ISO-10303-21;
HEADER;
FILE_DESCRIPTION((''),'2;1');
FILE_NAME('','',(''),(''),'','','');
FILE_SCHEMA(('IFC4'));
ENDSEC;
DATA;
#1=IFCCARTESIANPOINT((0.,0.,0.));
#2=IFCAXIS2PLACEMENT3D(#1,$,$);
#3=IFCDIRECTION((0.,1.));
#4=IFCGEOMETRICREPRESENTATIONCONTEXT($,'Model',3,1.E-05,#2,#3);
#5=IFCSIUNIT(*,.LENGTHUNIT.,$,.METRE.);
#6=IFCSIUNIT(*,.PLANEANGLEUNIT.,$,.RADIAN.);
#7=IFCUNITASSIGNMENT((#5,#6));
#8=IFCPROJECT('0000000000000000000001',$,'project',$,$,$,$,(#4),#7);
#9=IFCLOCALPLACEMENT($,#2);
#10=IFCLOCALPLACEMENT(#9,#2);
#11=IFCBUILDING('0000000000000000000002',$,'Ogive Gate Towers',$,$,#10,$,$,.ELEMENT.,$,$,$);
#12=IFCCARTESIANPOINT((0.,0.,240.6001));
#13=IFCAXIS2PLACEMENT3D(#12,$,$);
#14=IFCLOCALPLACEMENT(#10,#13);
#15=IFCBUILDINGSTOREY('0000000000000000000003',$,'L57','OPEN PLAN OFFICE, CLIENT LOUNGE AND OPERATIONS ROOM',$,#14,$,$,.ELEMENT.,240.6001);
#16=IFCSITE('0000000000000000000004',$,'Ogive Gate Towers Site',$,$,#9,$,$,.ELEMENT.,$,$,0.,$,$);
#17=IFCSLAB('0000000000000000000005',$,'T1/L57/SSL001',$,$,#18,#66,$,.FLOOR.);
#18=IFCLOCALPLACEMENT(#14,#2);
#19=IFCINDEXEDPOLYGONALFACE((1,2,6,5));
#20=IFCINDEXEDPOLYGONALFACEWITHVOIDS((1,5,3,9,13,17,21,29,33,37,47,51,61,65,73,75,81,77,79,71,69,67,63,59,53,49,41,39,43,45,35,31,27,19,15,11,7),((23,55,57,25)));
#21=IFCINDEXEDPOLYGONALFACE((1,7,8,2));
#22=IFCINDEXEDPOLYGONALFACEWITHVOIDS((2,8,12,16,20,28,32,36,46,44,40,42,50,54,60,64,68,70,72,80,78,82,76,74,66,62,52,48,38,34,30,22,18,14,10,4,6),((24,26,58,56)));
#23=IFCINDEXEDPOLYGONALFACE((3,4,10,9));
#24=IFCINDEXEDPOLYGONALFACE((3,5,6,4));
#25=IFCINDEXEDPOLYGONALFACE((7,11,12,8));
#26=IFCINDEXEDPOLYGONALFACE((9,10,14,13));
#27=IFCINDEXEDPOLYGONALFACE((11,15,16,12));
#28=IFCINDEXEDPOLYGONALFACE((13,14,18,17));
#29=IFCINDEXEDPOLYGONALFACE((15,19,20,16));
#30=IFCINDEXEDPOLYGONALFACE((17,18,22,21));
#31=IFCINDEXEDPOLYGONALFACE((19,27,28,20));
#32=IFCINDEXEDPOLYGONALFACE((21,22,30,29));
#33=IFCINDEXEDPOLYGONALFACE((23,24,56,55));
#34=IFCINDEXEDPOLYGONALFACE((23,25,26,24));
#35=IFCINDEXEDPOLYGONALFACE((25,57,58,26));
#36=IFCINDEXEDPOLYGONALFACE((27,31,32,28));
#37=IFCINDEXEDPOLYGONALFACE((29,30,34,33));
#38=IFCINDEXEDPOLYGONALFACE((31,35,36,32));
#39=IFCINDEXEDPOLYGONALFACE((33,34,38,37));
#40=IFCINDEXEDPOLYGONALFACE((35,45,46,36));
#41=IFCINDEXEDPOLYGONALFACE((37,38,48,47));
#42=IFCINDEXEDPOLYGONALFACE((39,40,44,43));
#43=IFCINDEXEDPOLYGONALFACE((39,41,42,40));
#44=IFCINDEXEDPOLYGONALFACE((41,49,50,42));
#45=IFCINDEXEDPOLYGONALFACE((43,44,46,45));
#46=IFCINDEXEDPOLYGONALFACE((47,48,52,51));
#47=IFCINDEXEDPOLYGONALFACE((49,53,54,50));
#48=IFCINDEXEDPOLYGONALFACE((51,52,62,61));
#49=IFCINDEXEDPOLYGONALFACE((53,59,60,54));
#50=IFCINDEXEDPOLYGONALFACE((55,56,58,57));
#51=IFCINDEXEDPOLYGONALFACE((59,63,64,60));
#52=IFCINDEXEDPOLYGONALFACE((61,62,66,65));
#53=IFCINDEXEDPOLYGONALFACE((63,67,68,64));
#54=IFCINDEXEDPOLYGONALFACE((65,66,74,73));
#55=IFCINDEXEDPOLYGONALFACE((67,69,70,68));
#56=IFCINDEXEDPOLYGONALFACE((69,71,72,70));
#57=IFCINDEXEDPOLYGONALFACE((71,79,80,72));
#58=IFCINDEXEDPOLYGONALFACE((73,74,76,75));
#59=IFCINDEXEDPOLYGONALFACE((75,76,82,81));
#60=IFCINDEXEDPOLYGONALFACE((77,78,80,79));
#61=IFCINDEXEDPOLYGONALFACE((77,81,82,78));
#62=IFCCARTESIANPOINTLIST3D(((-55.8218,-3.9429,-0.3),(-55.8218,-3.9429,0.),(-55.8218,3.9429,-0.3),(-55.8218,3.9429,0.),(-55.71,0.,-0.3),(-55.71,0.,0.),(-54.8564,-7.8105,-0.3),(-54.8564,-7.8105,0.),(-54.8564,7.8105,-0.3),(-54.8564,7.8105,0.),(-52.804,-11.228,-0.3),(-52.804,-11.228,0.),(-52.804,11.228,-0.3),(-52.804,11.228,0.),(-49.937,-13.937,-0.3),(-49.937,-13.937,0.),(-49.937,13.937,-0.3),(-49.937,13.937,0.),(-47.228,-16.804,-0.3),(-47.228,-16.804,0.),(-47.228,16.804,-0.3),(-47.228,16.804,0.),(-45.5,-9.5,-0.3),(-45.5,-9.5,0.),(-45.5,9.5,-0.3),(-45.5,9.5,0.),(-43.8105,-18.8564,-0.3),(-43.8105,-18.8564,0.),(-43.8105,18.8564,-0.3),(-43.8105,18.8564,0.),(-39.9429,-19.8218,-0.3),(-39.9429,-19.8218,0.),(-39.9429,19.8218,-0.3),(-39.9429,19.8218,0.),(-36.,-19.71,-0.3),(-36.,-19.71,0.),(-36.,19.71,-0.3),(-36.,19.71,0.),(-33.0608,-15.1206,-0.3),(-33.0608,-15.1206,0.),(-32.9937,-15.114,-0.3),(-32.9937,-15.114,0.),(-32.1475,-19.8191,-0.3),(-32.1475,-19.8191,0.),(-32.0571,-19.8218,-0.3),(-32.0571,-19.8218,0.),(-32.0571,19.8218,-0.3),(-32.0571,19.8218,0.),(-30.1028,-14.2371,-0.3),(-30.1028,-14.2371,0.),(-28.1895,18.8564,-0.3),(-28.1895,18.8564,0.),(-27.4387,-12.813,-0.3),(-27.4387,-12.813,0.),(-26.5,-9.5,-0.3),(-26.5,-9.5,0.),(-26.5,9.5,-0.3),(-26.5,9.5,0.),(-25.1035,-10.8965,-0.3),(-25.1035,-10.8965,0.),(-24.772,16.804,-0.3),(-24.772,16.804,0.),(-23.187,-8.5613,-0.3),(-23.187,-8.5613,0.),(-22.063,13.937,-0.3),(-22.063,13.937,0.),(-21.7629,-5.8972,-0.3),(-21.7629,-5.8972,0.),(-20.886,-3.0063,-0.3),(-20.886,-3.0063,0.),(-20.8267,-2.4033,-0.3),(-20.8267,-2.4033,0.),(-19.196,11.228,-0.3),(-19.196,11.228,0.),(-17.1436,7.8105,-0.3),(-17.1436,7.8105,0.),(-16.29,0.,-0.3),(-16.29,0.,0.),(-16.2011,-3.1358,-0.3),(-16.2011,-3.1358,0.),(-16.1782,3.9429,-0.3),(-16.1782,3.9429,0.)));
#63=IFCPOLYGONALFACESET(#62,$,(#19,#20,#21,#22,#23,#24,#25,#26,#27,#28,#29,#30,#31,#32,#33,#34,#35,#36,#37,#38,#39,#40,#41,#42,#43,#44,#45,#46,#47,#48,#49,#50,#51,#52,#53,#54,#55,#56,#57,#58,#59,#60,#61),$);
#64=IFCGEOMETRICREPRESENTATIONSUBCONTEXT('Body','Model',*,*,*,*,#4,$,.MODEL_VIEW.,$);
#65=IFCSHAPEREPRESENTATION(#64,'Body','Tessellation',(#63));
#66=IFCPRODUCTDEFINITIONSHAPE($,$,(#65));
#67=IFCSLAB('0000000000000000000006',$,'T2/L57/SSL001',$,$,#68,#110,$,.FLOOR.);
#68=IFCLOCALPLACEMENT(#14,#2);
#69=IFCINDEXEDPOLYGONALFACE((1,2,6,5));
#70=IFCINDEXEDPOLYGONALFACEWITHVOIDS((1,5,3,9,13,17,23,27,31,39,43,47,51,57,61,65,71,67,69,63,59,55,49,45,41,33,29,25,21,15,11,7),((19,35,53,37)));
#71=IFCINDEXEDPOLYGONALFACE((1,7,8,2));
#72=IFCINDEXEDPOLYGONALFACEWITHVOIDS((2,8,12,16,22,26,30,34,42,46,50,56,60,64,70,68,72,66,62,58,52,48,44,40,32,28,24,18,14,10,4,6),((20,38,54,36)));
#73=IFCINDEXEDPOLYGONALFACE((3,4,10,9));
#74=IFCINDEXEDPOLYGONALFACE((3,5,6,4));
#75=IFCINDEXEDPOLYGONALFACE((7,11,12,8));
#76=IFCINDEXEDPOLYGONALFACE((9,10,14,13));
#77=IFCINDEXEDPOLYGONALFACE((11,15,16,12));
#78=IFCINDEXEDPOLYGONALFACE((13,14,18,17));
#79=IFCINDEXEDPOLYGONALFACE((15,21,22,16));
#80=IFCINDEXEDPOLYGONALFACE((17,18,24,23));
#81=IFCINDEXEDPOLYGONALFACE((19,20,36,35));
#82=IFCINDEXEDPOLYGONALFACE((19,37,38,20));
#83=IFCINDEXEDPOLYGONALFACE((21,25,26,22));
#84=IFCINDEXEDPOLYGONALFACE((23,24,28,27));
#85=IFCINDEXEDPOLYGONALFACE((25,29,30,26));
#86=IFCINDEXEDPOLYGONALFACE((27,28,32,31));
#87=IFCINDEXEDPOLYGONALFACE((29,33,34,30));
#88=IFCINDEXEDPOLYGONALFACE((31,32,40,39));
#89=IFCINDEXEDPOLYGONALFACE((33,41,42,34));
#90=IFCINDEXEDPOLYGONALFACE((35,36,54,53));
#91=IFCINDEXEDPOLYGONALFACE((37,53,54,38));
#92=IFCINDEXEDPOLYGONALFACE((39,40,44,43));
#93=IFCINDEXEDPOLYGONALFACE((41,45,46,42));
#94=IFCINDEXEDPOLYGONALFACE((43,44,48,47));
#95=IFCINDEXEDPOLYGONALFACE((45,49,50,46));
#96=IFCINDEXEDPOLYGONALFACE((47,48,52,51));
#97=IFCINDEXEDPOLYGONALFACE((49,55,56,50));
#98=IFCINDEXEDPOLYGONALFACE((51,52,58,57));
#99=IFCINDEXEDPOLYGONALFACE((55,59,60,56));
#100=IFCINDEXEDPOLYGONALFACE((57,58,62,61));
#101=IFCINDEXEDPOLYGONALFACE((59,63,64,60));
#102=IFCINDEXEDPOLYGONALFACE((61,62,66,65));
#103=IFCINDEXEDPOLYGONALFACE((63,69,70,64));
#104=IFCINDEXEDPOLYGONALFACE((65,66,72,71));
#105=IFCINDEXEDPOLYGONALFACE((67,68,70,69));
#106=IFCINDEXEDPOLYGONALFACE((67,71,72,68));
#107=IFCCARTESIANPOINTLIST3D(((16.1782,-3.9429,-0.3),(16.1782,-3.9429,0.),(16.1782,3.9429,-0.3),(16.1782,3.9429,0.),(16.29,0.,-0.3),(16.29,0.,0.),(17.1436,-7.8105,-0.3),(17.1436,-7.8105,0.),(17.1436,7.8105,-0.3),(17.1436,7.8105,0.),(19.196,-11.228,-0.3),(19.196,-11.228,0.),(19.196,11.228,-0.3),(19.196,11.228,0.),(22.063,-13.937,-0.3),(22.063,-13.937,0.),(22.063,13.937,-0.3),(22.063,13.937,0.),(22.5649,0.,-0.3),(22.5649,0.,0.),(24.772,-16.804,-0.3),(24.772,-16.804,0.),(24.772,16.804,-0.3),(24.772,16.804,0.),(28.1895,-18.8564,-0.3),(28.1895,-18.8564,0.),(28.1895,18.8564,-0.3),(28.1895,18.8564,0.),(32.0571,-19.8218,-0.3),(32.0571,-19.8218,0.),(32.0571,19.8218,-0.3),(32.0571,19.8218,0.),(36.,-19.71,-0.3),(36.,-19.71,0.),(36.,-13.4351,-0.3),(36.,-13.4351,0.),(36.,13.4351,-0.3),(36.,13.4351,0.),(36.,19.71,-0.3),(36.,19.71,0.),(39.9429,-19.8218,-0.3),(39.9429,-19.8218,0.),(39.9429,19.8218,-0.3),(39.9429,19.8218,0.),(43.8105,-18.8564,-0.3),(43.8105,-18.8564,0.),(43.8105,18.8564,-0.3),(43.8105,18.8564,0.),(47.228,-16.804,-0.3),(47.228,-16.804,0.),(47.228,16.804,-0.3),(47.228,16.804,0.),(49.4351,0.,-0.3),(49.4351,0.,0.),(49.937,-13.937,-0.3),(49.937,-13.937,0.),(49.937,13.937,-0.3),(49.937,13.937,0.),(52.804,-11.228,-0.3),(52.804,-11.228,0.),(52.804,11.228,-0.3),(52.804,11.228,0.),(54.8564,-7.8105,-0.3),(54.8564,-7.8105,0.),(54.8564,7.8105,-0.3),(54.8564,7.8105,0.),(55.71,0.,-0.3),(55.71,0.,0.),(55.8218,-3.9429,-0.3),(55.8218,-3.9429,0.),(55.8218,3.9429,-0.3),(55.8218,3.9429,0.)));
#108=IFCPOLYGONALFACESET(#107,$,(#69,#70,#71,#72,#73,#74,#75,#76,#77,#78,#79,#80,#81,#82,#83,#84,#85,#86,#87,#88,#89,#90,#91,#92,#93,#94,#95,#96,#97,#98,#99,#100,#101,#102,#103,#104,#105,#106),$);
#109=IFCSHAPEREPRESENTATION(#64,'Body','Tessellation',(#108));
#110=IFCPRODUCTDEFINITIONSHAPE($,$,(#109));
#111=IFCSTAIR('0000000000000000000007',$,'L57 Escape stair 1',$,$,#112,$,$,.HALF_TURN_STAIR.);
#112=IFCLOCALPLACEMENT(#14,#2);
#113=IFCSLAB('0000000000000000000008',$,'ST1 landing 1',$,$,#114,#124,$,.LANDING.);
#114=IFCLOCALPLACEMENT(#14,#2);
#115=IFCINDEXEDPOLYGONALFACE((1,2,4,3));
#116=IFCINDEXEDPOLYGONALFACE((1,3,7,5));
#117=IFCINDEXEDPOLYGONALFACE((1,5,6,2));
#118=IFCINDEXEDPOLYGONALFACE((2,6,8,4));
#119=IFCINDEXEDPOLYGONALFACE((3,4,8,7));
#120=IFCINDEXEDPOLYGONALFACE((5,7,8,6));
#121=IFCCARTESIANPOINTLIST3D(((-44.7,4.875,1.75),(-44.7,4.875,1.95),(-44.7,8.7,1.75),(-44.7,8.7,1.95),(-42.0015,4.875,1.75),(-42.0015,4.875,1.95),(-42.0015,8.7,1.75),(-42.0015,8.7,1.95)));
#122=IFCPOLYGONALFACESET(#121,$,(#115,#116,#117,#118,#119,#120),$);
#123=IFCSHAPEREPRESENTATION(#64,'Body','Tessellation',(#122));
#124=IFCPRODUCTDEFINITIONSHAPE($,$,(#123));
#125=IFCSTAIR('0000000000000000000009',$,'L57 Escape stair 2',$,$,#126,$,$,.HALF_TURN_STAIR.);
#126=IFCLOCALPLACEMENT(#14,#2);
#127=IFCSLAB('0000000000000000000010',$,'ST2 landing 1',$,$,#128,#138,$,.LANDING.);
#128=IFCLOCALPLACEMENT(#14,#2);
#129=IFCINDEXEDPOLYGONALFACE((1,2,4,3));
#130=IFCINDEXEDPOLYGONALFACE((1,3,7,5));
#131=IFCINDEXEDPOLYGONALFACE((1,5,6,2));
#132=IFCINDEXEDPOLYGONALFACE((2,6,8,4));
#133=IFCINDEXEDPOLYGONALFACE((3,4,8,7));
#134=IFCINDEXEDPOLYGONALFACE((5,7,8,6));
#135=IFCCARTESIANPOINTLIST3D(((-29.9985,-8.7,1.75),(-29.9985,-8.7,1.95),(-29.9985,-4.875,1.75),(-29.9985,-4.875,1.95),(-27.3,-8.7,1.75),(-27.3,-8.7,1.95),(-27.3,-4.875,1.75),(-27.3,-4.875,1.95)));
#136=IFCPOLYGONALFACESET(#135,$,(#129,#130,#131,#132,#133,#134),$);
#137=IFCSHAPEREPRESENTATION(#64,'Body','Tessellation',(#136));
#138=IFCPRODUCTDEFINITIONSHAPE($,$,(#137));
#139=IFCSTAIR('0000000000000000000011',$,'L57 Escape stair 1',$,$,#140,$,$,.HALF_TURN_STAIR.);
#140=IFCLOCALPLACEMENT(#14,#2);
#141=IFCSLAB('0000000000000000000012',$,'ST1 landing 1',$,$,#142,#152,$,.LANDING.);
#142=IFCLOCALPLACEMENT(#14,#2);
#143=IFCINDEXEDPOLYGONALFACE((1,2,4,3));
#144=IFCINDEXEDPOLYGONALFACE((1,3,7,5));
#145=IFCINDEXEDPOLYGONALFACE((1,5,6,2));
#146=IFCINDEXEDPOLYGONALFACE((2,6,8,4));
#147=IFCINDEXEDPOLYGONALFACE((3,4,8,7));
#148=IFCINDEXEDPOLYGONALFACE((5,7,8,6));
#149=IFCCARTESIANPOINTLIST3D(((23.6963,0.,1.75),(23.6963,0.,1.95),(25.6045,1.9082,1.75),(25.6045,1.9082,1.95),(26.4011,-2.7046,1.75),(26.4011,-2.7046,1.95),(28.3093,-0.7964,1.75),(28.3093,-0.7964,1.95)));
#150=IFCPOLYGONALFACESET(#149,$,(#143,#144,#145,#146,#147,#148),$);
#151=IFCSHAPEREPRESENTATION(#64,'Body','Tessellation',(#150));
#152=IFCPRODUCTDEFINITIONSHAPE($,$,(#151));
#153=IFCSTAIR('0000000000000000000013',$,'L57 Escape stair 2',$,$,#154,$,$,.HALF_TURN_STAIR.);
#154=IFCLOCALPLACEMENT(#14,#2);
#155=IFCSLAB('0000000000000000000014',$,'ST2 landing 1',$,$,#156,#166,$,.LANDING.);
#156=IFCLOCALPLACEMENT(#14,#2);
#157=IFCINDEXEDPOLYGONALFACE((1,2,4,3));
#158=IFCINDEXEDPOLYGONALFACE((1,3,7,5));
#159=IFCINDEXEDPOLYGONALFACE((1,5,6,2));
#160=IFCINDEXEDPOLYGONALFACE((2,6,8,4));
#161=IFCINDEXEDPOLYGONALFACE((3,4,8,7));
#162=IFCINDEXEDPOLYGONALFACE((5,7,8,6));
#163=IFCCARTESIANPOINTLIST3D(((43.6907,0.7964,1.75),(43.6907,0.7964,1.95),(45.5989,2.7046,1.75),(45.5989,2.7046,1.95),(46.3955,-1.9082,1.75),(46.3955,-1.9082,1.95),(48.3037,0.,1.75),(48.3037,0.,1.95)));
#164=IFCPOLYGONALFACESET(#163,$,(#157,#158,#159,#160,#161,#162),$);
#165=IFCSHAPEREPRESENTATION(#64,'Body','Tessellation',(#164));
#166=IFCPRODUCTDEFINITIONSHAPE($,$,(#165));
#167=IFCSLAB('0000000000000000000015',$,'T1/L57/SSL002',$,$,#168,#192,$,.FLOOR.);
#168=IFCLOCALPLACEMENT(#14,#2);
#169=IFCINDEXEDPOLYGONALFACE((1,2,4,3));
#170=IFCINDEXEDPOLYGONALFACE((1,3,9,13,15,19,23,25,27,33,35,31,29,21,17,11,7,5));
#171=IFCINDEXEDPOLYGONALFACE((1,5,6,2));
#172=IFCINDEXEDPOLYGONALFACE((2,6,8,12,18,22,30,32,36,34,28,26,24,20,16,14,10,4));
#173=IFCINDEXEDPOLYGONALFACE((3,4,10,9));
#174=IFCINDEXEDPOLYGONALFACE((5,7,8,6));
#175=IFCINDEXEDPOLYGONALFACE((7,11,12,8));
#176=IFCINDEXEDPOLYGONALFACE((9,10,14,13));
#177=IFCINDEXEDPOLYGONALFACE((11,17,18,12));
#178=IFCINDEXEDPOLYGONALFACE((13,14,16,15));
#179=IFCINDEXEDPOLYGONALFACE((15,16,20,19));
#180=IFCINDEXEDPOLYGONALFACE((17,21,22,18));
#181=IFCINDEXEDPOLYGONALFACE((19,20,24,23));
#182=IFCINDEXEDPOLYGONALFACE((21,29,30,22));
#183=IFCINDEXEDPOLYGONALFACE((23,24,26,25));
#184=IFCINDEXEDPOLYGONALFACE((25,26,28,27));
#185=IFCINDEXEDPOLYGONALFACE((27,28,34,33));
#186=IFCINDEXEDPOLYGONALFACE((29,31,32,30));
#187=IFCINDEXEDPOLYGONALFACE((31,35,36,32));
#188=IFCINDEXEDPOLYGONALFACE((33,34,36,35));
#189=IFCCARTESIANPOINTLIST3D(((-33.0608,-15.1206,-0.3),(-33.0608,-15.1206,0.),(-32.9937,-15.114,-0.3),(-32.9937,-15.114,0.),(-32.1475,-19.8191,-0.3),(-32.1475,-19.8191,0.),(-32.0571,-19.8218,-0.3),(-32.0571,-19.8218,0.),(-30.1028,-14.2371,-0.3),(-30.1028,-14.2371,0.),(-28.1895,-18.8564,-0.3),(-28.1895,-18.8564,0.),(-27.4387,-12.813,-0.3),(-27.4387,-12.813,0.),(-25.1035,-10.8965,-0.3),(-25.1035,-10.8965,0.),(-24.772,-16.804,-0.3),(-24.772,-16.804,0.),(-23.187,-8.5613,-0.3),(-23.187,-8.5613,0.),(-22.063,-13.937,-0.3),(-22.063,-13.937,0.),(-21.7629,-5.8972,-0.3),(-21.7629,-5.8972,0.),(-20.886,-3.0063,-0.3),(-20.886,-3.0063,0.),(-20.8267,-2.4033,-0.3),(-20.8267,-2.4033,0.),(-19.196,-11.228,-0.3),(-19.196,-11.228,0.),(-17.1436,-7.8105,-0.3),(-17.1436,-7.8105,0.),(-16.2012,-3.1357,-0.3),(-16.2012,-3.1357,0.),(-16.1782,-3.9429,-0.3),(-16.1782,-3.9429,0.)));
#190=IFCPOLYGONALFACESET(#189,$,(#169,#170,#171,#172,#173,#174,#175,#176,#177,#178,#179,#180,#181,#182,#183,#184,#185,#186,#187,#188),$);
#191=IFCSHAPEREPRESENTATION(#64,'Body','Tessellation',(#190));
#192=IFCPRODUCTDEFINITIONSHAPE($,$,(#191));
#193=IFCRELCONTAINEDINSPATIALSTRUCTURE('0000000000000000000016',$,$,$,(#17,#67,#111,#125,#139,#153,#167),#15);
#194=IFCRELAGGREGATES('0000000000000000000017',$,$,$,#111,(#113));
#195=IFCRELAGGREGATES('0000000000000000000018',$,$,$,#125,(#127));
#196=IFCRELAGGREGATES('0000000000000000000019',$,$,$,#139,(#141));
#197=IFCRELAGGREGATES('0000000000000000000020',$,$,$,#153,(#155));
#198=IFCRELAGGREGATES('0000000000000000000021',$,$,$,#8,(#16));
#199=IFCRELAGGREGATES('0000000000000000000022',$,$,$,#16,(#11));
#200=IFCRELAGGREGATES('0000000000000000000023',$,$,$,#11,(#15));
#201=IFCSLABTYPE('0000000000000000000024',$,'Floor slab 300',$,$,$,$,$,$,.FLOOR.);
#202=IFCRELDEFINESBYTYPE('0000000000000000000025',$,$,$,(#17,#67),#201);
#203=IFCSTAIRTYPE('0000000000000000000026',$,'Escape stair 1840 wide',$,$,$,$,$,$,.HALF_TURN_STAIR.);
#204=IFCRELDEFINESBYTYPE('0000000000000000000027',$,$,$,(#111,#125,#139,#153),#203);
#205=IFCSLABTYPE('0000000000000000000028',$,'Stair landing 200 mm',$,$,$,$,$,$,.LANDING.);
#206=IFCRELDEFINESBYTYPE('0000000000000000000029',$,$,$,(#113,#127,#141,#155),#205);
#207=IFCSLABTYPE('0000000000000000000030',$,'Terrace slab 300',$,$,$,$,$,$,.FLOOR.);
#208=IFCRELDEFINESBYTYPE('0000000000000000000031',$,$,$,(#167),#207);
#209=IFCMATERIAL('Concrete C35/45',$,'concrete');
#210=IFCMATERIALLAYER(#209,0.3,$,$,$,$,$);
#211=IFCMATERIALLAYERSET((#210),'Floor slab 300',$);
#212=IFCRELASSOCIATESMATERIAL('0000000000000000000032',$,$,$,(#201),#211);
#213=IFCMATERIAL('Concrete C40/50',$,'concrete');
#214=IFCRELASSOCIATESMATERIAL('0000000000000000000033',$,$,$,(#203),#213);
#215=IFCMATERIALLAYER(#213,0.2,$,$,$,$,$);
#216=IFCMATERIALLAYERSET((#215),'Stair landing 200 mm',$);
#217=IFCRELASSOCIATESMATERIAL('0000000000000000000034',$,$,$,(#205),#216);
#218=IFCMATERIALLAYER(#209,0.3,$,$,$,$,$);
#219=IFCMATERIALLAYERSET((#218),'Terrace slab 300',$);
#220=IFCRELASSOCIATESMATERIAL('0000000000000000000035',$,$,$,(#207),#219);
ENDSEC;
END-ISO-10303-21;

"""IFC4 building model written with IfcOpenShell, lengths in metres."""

from ifc_helpers import new_model, si_unit, direction, frame, origin, place, context, subcontext, project, spatial, polyline, outline, extrude, material, layer, layer_set, type_object, element, aggregate, save


model = new_model("IFC4")

# Units and contexts
model_context = context("Model", 3, precision=1e-05, world=origin(), true_north=direction((0.0, 1.0)))
body_context = subcontext(model_context, "Body", "Model", "MODEL_VIEW")
ifc_project = project(units=[si_unit("LENGTHUNIT", "METRE"), si_unit("PLANEANGLEUNIT", "RADIAN")], contexts=[model_context])

# Site, building, storey
site_placement = place(None, origin())
site = spatial("IfcSite", under=ifc_project, at=site_placement, Name="Ogive Gate Towers Site", CompositionType="ELEMENT", RefElevation=0.0)
building_placement = place(site_placement, origin())
building = spatial("IfcBuilding", under=site, at=building_placement, Name="Ogive Gate Towers", CompositionType="ELEMENT")
storey_placement = place(building_placement, frame((0.0, 0.0, 240.6001)))
storey = spatial("IfcBuildingStorey", under=building, at=storey_placement, Name="L57", Description="OPEN PLAN OFFICE, CLIENT LOUNGE AND OPERATIONS ROOM", CompositionType="ELEMENT", Elevation=240.6001)

# Slabs
ifc_material_1 = material(Name="Concrete C40/50", Category="concrete")
ifc_material_2 = material(Name="Concrete C35/45", Category="concrete")
ifc_layer_1 = layer(ifc_material_2, 0.3)
ifc_layer_set_1 = layer_set([ifc_layer_1], Name="Floor slab 300")
slab_type_1 = type_object("IfcSlabType", Name="Floor slab 300", PredefinedType="FLOOR", material=ifc_layer_set_1)
slab_1_placement = place(storey_placement, frame((0.0, 0.0, -0.3)))
element("IfcSlab", 1, at=slab_1_placement, inside=storey, type_object=slab_type_1, Name="T1/L57/SSL001", PredefinedType="FLOOR", context=body_context, shape_type="SweptSolid", body=[
    extrude(outline(polyline([(-39.9429, -19.8218), (-36.0, -19.71), (-32.0571, -19.8218), (-32.1475, -19.8191), (-33.0608, -15.1206), (-32.9937, -15.114), (-30.1028, -14.2371), (-27.4387, -12.813), (-25.1035, -10.8965), (-23.187, -8.5613), (-21.7629, -5.8972), (-20.886, -3.0063), (-20.8267, -2.4033), (-16.2012, -3.1357), (-16.1782, -3.9429), (-16.29, 0.0), (-16.1782, 3.9429), (-17.1436, 7.8105), (-19.196, 11.228), (-22.063, 13.937), (-24.772, 16.804), (-28.1895, 18.8564), (-32.0571, 19.8218), (-36.0, 19.71), (-39.9429, 19.8218), (-43.8105, 18.8564), (-47.228, 16.804), (-49.937, 13.937), (-52.804, 11.228), (-54.8564, 7.8105), (-55.8218, 3.9429), (-55.71, 0.0), (-55.8218, -3.9429), (-54.8564, -7.8105), (-52.804, -11.228), (-49.937, -13.937), (-47.228, -16.804), (-43.8105, -18.8564), (-39.9429, -19.8218)]), holes=[polyline([(-26.5, -9.5), (-45.5, -9.5), (-45.5, 9.5), (-26.5, 9.5), (-26.5, -9.5)])]), origin(), (0.0, 0.0, 1.0), 0.3),
])
slab_2_placement = place(storey_placement, frame((0.0, 0.0, -0.3)))
element("IfcSlab", 2, at=slab_2_placement, inside=storey, type_object=slab_type_1, Name="T2/L57/SSL001", PredefinedType="FLOOR", context=body_context, shape_type="SweptSolid", body=[
    extrude(outline(polyline([(55.8218, -3.9429), (55.71, 0.0), (55.8218, 3.9429), (54.8564, 7.8105), (52.804, 11.228), (49.937, 13.937), (47.228, 16.804), (43.8105, 18.8564), (39.9429, 19.8218), (36.0, 19.71), (32.0571, 19.8218), (28.1895, 18.8564), (24.772, 16.804), (22.063, 13.937), (19.196, 11.228), (17.1436, 7.8105), (16.1782, 3.9429), (16.29, 0.0), (16.1782, -3.9429), (17.1436, -7.8105), (19.196, -11.228), (22.063, -13.937), (24.772, -16.804), (28.1895, -18.8564), (32.0571, -19.8218), (36.0, -19.71), (39.9429, -19.8218), (43.8105, -18.8564), (47.228, -16.804), (49.937, -13.937), (52.804, -11.228), (54.8564, -7.8105), (55.8218, -3.9429)]), holes=[polyline([(49.4351, 0.0), (36.0, -13.4351), (22.5649, 0.0), (36.0, 13.4351), (49.4351, 0.0)])]), origin(), (0.0, 0.0, 1.0), 0.3),
])

# Stairs, slabs
stair_type = type_object("IfcStairType", Name="Escape stair 1840 wide", PredefinedType="HALF_TURN_STAIR", material=ifc_material_1)
stair_1_placement = place(storey_placement, origin())
stair_1 = element("IfcStair", 3, at=stair_1_placement, inside=storey, type_object=stair_type, Name="L57 Escape stair 1", PredefinedType="HALF_TURN_STAIR")
ifc_layer_2 = layer(ifc_material_1, 0.2)
ifc_layer_set_2 = layer_set([ifc_layer_2], Name="Stair landing 200 mm")
slab_type_2 = type_object("IfcSlabType", Name="Stair landing 200 mm", PredefinedType="LANDING", material=ifc_layer_set_2)
slab_3_placement = place(storey_placement, frame((0.0, 0.0, 1.75)))
slab_3 = element("IfcSlab", 4, at=slab_3_placement, type_object=slab_type_2, Name="ST1 landing 1", PredefinedType="LANDING", context=body_context, shape_type="SweptSolid", body=[
    extrude(outline(polyline([(-42.0015, 8.7), (-44.7, 8.7), (-44.7, 4.875), (-42.0015, 4.875), (-42.0015, 8.7)])), origin(), (0.0, 0.0, 1.0), 0.2),
])
aggregate(stair_1, [slab_3])
stair_2_placement = place(storey_placement, origin())
stair_2 = element("IfcStair", 5, at=stair_2_placement, inside=storey, type_object=stair_type, Name="L57 Escape stair 2", PredefinedType="HALF_TURN_STAIR")
slab_4_placement = place(storey_placement, frame((0.0, 0.0, 1.75)))
slab_4 = element("IfcSlab", 6, at=slab_4_placement, type_object=slab_type_2, Name="ST2 landing 1", PredefinedType="LANDING", context=body_context, shape_type="SweptSolid", body=[
    extrude(outline(polyline([(-29.9985, -8.7), (-27.3, -8.7), (-27.3, -4.875), (-29.9985, -4.875), (-29.9985, -8.7)])), origin(), (0.0, 0.0, 1.0), 0.2),
])
aggregate(stair_2, [slab_4])
stair_3_placement = place(storey_placement, origin())
stair_3 = element("IfcStair", 7, at=stair_3_placement, inside=storey, type_object=stair_type, Name="L57 Escape stair 1", PredefinedType="HALF_TURN_STAIR")
slab_5_placement = place(storey_placement, frame((0.0, 0.0, 1.75)))
slab_5 = element("IfcSlab", 8, at=slab_5_placement, type_object=slab_type_2, Name="ST1 landing 1", PredefinedType="LANDING", context=body_context, shape_type="SweptSolid", body=[
    extrude(outline(polyline([(25.6045, 1.9082), (23.6963, 0.0), (26.4011, -2.7046), (28.3093, -0.7964), (25.6045, 1.9082)])), origin(), (0.0, 0.0, 1.0), 0.2),
])
aggregate(stair_3, [slab_5])
stair_4_placement = place(storey_placement, origin())
stair_4 = element("IfcStair", 9, at=stair_4_placement, inside=storey, type_object=stair_type, Name="L57 Escape stair 2", PredefinedType="HALF_TURN_STAIR")
slab_6_placement = place(storey_placement, frame((0.0, 0.0, 1.75)))
slab_6 = element("IfcSlab", 10, at=slab_6_placement, type_object=slab_type_2, Name="ST2 landing 1", PredefinedType="LANDING", context=body_context, shape_type="SweptSolid", body=[
    extrude(outline(polyline([(46.3955, -1.9082), (48.3037, 0.0), (45.5989, 2.7046), (43.6907, 0.7964), (46.3955, -1.9082)])), origin(), (0.0, 0.0, 1.0), 0.2),
])
aggregate(stair_4, [slab_6])

# Slab
ifc_layer_3 = layer(ifc_material_2, 0.3)
ifc_layer_set_3 = layer_set([ifc_layer_3], Name="Terrace slab 300")
slab_type_3 = type_object("IfcSlabType", Name="Terrace slab 300", PredefinedType="FLOOR", material=ifc_layer_set_3)
slab_7_placement = place(storey_placement, frame((0.0, 0.0, -0.3)))
element("IfcSlab", 11, at=slab_7_placement, inside=storey, type_object=slab_type_3, Name="T1/L57/SSL002", PredefinedType="FLOOR", context=body_context, shape_type="SweptSolid", body=[
    extrude(outline(polyline([(-33.0608, -15.1206), (-32.1475, -19.8191), (-32.0571, -19.8218), (-28.1895, -18.8564), (-24.772, -16.804), (-22.063, -13.937), (-19.196, -11.228), (-17.1436, -7.8105), (-16.1782, -3.9429), (-16.2012, -3.1357), (-20.8267, -2.4033), (-20.886, -3.0063), (-21.7629, -5.8972), (-23.187, -8.5613), (-25.1035, -10.8965), (-27.4387, -12.813), (-30.1028, -14.2371), (-32.9937, -15.114), (-33.0608, -15.1206)])), origin(), (0.0, 0.0, 1.0), 0.3),
])

save(model, "model.ifc")
